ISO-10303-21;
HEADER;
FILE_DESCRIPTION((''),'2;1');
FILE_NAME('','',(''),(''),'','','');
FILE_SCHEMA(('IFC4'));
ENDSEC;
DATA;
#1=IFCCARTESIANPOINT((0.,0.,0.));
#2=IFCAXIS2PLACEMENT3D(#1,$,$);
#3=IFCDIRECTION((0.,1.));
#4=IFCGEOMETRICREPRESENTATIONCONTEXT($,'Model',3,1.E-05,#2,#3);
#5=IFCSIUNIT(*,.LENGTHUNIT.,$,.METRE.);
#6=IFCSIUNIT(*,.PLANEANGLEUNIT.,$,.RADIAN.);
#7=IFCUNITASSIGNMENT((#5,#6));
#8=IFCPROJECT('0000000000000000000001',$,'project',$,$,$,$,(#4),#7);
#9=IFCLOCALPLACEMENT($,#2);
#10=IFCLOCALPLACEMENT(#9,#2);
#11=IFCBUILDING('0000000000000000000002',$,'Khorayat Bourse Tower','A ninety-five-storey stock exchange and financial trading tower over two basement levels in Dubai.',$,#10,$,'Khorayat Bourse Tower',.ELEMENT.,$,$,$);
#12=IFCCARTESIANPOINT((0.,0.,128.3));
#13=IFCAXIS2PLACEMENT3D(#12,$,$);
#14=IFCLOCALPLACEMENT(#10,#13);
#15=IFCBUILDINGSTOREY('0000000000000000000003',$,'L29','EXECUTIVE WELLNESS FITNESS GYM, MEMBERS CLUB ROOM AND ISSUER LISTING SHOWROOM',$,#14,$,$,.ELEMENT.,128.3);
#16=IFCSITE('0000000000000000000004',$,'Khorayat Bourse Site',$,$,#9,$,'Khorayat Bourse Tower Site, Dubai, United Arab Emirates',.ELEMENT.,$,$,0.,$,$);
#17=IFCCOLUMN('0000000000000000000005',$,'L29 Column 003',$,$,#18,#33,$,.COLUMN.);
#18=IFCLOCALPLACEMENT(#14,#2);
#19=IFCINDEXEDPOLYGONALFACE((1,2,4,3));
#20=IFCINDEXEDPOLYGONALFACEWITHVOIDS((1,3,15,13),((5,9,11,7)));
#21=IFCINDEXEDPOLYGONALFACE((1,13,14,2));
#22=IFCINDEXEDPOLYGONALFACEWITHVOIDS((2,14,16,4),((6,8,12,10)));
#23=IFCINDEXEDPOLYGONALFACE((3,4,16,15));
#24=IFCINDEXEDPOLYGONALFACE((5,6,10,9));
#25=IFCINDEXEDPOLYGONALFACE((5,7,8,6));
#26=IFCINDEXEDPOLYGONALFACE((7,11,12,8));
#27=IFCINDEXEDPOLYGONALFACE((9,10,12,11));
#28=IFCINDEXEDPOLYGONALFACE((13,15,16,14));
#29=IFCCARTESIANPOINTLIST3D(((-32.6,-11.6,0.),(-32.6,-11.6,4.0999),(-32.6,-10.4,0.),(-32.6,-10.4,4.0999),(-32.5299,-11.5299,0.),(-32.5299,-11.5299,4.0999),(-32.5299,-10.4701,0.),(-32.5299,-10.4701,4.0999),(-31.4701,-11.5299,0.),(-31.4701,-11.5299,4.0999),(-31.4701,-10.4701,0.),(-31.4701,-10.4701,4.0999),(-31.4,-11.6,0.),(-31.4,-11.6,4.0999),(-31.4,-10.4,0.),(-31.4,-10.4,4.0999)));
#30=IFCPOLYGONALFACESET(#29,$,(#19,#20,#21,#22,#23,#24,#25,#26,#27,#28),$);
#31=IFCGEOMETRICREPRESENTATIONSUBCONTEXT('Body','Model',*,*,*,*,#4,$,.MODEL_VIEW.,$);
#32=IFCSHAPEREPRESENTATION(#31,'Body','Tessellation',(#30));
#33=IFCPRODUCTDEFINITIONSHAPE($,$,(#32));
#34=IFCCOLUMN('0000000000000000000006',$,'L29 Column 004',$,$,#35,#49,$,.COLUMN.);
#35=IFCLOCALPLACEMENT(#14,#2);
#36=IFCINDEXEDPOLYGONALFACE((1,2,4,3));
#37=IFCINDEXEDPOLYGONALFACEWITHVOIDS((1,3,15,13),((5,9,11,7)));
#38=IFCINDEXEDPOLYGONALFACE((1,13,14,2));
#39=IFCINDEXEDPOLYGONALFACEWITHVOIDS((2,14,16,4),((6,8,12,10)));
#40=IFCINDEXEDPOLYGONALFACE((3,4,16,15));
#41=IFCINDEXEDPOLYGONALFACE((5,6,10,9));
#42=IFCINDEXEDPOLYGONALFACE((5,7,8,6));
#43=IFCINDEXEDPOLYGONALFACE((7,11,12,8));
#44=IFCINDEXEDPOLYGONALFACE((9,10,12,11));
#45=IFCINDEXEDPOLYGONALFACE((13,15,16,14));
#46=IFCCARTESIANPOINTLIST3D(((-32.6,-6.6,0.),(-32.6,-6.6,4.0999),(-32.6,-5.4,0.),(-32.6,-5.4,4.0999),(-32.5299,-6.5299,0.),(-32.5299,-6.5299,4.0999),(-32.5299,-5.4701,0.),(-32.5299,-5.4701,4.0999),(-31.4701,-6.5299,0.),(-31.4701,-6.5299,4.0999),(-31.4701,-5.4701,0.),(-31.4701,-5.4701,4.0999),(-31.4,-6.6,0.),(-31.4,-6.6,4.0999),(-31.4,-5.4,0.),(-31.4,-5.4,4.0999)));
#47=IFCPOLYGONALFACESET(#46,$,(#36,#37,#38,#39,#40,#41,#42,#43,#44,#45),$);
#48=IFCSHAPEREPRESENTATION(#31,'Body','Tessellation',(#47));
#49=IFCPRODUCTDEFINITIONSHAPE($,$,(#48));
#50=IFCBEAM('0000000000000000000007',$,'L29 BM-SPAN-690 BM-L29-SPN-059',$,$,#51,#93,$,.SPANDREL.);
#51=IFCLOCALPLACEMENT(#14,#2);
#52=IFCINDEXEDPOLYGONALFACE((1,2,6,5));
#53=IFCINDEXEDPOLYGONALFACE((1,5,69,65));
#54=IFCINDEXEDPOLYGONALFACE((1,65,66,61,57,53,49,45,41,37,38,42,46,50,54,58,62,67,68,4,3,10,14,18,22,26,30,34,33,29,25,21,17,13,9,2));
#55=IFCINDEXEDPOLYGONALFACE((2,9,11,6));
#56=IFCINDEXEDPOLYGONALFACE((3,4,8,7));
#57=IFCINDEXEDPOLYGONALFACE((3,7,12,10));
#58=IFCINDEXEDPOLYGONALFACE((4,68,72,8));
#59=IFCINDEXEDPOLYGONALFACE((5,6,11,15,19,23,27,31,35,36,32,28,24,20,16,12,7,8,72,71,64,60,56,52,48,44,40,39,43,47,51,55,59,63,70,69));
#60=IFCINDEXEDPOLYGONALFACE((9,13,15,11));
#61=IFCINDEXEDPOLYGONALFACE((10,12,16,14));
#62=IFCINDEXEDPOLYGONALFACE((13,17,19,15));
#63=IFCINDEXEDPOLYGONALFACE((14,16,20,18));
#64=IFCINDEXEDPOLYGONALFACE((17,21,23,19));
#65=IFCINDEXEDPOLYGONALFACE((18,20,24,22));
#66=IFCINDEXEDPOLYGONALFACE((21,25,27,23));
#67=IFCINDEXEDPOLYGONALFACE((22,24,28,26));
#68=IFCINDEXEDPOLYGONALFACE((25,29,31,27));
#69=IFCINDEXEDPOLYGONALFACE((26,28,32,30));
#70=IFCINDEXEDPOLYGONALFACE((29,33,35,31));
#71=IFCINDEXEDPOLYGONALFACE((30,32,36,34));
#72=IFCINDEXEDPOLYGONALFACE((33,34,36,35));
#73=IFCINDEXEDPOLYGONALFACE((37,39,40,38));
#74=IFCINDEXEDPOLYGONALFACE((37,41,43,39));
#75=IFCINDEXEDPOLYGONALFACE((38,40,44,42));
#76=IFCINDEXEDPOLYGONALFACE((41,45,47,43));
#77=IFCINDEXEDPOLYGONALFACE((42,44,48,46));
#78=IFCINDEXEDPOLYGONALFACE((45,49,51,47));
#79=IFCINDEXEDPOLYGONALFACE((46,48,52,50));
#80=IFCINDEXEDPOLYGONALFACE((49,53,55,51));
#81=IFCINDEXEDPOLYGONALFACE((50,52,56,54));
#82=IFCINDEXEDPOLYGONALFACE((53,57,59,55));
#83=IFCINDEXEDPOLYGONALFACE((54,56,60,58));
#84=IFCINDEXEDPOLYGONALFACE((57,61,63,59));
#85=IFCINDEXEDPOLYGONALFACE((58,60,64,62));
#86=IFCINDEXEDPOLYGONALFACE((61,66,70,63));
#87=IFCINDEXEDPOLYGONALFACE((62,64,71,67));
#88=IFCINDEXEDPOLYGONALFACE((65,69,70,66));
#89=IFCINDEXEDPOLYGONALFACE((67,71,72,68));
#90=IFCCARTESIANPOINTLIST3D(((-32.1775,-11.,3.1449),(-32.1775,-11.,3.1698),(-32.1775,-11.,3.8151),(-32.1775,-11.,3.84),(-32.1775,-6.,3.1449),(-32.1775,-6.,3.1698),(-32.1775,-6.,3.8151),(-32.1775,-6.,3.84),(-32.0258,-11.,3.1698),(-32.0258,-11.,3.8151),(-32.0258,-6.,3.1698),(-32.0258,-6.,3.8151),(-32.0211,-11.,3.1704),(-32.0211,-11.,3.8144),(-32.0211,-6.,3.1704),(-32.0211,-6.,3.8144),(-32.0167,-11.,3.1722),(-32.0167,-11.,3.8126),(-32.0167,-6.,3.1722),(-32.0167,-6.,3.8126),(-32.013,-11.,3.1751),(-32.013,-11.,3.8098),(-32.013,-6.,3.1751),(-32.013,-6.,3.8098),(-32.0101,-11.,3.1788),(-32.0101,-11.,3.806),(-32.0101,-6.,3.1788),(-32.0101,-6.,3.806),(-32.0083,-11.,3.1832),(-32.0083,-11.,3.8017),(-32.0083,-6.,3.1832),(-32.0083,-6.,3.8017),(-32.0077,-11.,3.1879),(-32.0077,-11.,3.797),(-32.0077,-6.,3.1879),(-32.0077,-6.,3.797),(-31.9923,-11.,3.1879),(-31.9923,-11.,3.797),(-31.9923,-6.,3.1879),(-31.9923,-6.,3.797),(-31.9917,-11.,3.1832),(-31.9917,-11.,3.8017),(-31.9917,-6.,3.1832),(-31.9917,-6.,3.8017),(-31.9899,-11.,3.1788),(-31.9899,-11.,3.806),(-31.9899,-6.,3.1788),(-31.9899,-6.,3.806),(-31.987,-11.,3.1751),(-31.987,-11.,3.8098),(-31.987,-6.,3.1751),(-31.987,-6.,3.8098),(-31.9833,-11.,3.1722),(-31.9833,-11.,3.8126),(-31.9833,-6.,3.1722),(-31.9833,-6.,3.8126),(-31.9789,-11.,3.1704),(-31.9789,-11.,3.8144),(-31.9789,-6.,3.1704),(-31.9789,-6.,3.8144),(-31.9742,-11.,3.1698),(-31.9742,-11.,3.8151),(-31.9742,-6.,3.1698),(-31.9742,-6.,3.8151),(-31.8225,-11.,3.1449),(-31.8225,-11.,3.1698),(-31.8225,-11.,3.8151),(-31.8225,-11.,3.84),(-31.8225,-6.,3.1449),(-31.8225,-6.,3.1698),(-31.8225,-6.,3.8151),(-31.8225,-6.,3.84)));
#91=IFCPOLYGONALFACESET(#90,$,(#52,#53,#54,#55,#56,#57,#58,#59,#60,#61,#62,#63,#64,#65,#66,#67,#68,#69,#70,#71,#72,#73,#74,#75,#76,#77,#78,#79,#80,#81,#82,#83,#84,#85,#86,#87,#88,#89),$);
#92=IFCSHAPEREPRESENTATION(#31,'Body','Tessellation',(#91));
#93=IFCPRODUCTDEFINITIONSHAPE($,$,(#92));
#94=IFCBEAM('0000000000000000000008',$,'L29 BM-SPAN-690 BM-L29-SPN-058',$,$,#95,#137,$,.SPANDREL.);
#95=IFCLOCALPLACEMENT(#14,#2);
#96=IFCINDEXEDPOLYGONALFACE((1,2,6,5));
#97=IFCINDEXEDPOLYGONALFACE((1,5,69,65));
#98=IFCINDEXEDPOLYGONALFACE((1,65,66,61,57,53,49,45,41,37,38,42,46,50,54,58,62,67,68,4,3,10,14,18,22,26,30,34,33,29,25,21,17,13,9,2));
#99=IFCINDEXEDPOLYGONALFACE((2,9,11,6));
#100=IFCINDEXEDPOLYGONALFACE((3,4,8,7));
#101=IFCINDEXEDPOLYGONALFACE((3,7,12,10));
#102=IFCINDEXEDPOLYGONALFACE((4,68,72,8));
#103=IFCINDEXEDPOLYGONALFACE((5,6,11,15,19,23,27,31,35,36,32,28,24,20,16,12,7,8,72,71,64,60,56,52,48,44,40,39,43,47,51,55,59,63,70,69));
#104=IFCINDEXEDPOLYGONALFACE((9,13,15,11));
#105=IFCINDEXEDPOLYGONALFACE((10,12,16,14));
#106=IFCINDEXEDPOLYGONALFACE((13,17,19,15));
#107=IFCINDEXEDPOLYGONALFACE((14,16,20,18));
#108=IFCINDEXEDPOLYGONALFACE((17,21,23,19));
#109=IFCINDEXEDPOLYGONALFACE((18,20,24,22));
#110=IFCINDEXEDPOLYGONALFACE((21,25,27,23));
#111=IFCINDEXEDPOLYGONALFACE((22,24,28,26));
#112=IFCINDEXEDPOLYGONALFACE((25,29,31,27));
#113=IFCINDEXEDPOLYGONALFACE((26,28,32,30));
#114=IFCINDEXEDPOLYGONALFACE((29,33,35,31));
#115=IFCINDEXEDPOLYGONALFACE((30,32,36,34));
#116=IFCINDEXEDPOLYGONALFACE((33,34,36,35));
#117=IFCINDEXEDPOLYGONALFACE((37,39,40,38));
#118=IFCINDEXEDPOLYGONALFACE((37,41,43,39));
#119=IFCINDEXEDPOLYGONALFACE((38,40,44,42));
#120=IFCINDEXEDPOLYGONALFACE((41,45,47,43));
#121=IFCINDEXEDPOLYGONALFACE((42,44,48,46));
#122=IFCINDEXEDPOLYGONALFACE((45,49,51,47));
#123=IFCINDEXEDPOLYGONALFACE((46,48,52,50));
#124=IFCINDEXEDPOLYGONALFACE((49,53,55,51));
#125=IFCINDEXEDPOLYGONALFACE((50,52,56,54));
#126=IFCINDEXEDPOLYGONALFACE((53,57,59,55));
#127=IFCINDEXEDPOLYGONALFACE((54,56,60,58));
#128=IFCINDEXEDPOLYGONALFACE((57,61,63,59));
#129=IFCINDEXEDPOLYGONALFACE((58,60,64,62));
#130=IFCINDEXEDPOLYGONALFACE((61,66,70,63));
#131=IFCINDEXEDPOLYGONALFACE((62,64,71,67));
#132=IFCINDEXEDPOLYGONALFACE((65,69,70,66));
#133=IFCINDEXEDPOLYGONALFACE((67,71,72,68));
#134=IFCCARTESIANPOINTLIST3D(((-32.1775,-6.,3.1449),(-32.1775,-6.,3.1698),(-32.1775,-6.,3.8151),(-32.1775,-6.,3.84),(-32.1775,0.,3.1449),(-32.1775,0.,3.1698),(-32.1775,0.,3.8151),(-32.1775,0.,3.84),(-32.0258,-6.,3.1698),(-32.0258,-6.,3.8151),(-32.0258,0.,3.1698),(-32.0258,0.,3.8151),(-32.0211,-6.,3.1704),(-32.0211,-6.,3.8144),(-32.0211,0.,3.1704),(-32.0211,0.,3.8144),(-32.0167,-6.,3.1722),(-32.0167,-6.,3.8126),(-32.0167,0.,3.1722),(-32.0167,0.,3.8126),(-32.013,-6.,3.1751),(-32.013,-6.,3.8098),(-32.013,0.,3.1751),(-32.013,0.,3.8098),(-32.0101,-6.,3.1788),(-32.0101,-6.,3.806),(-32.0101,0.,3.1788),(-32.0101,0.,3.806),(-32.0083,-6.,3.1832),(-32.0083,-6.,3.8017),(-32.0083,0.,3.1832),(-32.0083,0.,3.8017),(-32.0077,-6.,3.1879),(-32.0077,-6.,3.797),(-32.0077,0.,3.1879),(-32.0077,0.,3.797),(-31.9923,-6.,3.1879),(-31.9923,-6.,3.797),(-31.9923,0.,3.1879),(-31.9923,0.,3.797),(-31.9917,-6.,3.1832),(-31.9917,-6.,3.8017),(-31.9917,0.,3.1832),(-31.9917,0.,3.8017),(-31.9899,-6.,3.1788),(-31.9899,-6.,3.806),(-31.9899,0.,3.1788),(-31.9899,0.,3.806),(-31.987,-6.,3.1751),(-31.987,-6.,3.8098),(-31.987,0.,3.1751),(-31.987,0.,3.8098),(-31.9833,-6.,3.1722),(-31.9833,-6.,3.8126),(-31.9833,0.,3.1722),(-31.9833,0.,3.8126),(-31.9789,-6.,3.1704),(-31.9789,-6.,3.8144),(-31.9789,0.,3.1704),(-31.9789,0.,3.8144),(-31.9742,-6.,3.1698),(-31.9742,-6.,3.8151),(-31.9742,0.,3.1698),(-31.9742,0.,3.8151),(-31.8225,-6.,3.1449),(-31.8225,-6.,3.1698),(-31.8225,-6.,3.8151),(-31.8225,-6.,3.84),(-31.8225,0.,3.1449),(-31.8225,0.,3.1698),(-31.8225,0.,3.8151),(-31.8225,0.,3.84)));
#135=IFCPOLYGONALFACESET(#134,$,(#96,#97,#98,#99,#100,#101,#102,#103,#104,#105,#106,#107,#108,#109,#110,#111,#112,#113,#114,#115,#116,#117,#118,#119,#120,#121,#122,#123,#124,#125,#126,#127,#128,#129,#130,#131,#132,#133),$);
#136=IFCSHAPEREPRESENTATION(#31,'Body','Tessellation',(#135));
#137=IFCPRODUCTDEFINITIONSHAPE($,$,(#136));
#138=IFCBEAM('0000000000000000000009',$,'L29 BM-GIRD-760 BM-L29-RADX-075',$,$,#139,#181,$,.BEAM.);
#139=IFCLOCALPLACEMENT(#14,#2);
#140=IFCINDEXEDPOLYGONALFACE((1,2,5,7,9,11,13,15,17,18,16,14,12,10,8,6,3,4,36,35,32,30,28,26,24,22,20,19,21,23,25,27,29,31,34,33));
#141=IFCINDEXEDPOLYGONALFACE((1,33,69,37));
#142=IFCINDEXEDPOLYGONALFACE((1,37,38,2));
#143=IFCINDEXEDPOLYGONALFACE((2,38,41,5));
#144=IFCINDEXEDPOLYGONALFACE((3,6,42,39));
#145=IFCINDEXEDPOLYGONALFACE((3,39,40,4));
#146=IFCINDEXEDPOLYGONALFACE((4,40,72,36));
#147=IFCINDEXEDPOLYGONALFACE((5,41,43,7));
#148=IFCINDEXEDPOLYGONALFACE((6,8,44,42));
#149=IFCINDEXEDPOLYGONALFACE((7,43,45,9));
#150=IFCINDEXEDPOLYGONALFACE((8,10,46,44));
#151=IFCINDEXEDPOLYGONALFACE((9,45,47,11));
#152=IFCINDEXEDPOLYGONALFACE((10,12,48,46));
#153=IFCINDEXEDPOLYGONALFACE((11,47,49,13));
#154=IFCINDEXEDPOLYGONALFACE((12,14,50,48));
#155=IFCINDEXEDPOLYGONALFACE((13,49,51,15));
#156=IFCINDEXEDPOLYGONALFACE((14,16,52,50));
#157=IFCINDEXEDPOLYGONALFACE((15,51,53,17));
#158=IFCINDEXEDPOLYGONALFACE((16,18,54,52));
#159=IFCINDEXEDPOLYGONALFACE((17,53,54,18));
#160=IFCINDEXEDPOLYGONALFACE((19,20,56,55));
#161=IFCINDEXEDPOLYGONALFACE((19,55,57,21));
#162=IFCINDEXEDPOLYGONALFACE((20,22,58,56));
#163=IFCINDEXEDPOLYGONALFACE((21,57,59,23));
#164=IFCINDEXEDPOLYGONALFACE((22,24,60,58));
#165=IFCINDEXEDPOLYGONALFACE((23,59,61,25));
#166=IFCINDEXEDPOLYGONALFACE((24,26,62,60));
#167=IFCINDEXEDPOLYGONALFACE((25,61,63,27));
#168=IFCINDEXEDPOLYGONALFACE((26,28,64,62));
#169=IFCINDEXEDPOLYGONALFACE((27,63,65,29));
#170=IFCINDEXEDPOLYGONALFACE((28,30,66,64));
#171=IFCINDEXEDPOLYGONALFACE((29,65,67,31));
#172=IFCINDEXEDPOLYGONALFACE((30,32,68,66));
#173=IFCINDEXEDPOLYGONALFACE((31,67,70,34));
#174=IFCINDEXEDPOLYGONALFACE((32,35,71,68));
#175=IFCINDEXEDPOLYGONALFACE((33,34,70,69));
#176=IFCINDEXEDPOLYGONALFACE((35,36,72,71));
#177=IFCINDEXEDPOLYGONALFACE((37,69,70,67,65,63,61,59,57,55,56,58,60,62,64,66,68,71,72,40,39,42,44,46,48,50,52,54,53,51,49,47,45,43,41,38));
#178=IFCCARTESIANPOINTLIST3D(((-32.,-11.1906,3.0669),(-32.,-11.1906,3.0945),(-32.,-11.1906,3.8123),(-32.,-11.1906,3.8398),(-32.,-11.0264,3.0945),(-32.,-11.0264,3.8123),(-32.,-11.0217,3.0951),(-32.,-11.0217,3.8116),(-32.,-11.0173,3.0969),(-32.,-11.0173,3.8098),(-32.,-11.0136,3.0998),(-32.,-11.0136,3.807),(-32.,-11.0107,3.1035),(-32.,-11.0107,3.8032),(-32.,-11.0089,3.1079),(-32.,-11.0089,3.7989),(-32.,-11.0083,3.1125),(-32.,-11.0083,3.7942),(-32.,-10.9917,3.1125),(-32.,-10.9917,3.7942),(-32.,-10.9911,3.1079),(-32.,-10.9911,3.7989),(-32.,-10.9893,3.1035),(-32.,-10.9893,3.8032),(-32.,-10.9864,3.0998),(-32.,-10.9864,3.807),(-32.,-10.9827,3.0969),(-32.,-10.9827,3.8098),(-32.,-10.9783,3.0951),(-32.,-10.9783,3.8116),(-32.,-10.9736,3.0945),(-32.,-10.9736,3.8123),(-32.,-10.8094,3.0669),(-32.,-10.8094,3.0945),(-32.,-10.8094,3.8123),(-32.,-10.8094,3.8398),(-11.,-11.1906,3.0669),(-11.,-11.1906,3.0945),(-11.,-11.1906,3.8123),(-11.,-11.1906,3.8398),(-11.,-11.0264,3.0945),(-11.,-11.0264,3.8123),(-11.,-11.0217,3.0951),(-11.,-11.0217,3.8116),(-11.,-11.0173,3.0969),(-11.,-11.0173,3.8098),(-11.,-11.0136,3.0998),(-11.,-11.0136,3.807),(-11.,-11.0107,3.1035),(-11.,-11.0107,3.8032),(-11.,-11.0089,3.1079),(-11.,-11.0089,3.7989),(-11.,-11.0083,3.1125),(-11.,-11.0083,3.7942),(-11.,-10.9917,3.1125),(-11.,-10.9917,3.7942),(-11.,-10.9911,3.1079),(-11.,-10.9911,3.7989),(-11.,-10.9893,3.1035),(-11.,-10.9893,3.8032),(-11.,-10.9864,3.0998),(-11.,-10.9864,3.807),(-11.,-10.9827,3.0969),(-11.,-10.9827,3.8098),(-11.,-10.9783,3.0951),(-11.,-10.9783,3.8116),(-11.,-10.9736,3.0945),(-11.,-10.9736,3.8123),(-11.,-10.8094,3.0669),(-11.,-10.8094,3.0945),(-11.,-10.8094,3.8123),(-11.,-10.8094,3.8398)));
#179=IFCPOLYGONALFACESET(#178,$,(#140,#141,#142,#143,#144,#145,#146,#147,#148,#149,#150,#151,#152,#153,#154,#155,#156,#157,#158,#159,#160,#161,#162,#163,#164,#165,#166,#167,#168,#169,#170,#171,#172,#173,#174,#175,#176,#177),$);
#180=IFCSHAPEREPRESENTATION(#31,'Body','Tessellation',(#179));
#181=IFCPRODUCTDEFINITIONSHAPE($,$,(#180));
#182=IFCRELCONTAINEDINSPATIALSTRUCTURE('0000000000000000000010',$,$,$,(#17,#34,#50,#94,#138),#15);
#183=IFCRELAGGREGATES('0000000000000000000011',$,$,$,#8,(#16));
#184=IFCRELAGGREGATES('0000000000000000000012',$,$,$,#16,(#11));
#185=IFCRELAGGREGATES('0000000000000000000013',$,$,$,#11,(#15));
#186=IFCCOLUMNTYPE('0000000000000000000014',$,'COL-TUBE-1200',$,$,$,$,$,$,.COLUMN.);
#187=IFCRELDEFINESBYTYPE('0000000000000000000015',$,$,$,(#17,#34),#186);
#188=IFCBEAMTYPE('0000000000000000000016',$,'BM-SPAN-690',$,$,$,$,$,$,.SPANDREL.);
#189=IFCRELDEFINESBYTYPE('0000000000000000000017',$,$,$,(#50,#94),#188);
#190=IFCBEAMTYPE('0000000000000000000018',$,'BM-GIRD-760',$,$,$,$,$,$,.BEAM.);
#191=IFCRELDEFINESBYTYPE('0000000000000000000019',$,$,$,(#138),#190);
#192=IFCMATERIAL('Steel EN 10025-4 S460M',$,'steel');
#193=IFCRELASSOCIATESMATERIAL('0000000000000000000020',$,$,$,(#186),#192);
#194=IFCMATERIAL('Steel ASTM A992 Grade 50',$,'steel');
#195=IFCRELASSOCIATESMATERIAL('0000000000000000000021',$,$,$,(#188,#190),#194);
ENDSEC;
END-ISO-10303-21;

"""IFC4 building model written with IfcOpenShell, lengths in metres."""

from ifc_helpers import new_model, si_unit, direction, frame, origin, origin_2d, place, context, subcontext, project, spatial, hollow_rectangle, i_section, extrude, source, transform, mapped, material, material_profile, profile_set, type_object, element, save


model = new_model("IFC4")

# Units and contexts
model_context = context("Model", 3, precision=1e-05, world=origin(), true_north=direction((0.0, 1.0)))
body_context = subcontext(model_context, "Body", "Model", "MODEL_VIEW")
ifc_project = project(units=[si_unit("LENGTHUNIT", "METRE"), si_unit("PLANEANGLEUNIT", "RADIAN")], contexts=[model_context])

# Site, building, storey
site_placement = place(None, origin())
site = spatial("IfcSite", under=ifc_project, at=site_placement, Name="Khorayat Bourse Site", LongName="Khorayat Bourse Tower Site, Dubai, United Arab Emirates", CompositionType="ELEMENT", RefElevation=0.0)
building_placement = place(site_placement, origin())
building = spatial("IfcBuilding", under=site, at=building_placement, Name="Khorayat Bourse Tower", Description="A ninety-five-storey stock exchange and financial trading tower over two basement levels in Dubai.", LongName="Khorayat Bourse Tower", CompositionType="ELEMENT")
storey_placement = place(building_placement, frame((0.0, 0.0, 128.3)))
storey = spatial("IfcBuildingStorey", under=building, at=storey_placement, Name="L29", Description="EXECUTIVE WELLNESS FITNESS GYM, MEMBERS CLUB ROOM AND ISSUER LISTING SHOWROOM", CompositionType="ELEMENT", Elevation=128.3)

# Columns
ifc_material_1 = material(Name="Steel EN 10025-4 S460M", Category="steel")
ifc_material_profile_1 = material_profile(ifc_material_1, hollow_rectangle(XDim=1.2, YDim=1.2, WallThickness=0.0701, at=origin_2d()), Name="BOX 1200x1200x70")
ifc_profile_set_1 = profile_set([ifc_material_profile_1], Name="Steel EN 10025-4 S460M")
column_type = type_object("IfcColumnType", Name="COL-TUBE-1200", PredefinedType="COLUMN", material=ifc_profile_set_1)
shared_shape_1 = source(origin(), body_context, "Body", "SweptSolid", [
    extrude(hollow_rectangle(XDim=1.2, YDim=1.2, WallThickness=0.0701, at=origin_2d()), origin(), (0.0, 0.0, 1.0), 4.0999),
])
for number, where, z_axis, x_axis, name in (
    (1, (-32.0, -11.0, 0.0), (0.0, 0.0, 1.0), (1.0, 0.0, 0.0), "L29 Column 003"),
    (2, (-32.0, -6.0, 0.0), (0.0, 0.0, 1.0), (1.0, 0.0, 0.0), "L29 Column 004"),
):
    element("IfcColumn", number, at=place(storey_placement, frame(where, z_axis=z_axis, x_axis=x_axis)), inside=storey, type_object=column_type, Name=name, PredefinedType="COLUMN", context=body_context, shape_type="MappedRepresentation", body=[
        mapped(shared_shape_1, transform((0.0, 0.0, 0.0), scale=1.0)),
    ])

# Beams
ifc_material_2 = material(Name="Steel ASTM A992 Grade 50", Category="steel")
ifc_material_profile_2 = material_profile(ifc_material_2, i_section(OverallWidth=0.355, OverallDepth=0.6951, WebThickness=0.0154, FlangeThickness=0.0249, FilletRadius=0.0181, at=origin_2d()), Name="W690X217")
ifc_profile_set_2 = profile_set([ifc_material_profile_2], Name="Steel ASTM A992 Grade 50")
beam_type_1 = type_object("IfcBeamType", Name="BM-SPAN-690", PredefinedType="SPANDREL", material=ifc_profile_set_2)
shared_shape_2 = source(origin(), body_context, "Body", "SweptSolid", [
    extrude(i_section(OverallWidth=0.355, OverallDepth=0.6951, WebThickness=0.0154, FlangeThickness=0.0249, FilletRadius=0.0181, at=origin_2d()), origin(), (0.0, 0.0, 1.0), 5.0),
])
beam_1_placement = place(storey_placement, frame((-32.0, -11.0, 3.4924), z_axis=(0.0, 1.0, 0.0), x_axis=(-1.0, 0.0, 0.0)))
element("IfcBeam", 3, at=beam_1_placement, inside=storey, type_object=beam_type_1, Name="L29 BM-SPAN-690 BM-L29-SPN-059", PredefinedType="SPANDREL", context=body_context, shape_type="MappedRepresentation", body=[
    mapped(shared_shape_2, transform((0.0, 0.0, 0.0), scale=1.0)),
])
shared_shape_3 = source(origin(), body_context, "Body", "SweptSolid", [
    extrude(i_section(OverallWidth=0.355, OverallDepth=0.6951, WebThickness=0.0154, FlangeThickness=0.0249, FilletRadius=0.0181, at=origin_2d()), origin(), (0.0, 0.0, 1.0), 6.0),
])
beam_2_placement = place(storey_placement, frame((-32.0, -6.0, 3.4924), z_axis=(0.0, 1.0, 0.0), x_axis=(-1.0, 0.0, 0.0)))
element("IfcBeam", 4, at=beam_2_placement, inside=storey, type_object=beam_type_1, Name="L29 BM-SPAN-690 BM-L29-SPN-058", PredefinedType="SPANDREL", context=body_context, shape_type="MappedRepresentation", body=[
    mapped(shared_shape_3, transform((0.0, 0.0, 0.0), scale=1.0)),
])
ifc_material_profile_3 = material_profile(ifc_material_2, i_section(OverallWidth=0.3811, OverallDepth=0.7729, WebThickness=0.0166, FlangeThickness=0.0276, FilletRadius=0.0181, at=origin_2d()), Name="W760X257")
ifc_profile_set_3 = profile_set([ifc_material_profile_3], Name="Steel ASTM A992 Grade 50")
beam_type_2 = type_object("IfcBeamType", Name="BM-GIRD-760", PredefinedType="BEAM", material=ifc_profile_set_3)
shared_shape_4 = source(origin(), body_context, "Body", "SweptSolid", [
    extrude(i_section(OverallWidth=0.3811, OverallDepth=0.7729, WebThickness=0.0166, FlangeThickness=0.0276, FilletRadius=0.0181, at=origin_2d()), origin(), (0.0, 0.0, 1.0), 21.0),
])
for number, where, z_axis, x_axis, name in (
    (5, (-32.0, -11.0, 3.4534), (1.0, 0.0, 0.0), (0.0, 1.0, 0.0), "L29 BM-GIRD-760 BM-L29-RADX-075"),
):
    element("IfcBeam", number, at=place(storey_placement, frame(where, z_axis=z_axis, x_axis=x_axis)), inside=storey, type_object=beam_type_2, Name=name, PredefinedType="BEAM", context=body_context, shape_type="MappedRepresentation", body=[
        mapped(shared_shape_4, transform((0.0, 0.0, 0.0), scale=1.0)),
    ])

save(model, "model.ifc")
